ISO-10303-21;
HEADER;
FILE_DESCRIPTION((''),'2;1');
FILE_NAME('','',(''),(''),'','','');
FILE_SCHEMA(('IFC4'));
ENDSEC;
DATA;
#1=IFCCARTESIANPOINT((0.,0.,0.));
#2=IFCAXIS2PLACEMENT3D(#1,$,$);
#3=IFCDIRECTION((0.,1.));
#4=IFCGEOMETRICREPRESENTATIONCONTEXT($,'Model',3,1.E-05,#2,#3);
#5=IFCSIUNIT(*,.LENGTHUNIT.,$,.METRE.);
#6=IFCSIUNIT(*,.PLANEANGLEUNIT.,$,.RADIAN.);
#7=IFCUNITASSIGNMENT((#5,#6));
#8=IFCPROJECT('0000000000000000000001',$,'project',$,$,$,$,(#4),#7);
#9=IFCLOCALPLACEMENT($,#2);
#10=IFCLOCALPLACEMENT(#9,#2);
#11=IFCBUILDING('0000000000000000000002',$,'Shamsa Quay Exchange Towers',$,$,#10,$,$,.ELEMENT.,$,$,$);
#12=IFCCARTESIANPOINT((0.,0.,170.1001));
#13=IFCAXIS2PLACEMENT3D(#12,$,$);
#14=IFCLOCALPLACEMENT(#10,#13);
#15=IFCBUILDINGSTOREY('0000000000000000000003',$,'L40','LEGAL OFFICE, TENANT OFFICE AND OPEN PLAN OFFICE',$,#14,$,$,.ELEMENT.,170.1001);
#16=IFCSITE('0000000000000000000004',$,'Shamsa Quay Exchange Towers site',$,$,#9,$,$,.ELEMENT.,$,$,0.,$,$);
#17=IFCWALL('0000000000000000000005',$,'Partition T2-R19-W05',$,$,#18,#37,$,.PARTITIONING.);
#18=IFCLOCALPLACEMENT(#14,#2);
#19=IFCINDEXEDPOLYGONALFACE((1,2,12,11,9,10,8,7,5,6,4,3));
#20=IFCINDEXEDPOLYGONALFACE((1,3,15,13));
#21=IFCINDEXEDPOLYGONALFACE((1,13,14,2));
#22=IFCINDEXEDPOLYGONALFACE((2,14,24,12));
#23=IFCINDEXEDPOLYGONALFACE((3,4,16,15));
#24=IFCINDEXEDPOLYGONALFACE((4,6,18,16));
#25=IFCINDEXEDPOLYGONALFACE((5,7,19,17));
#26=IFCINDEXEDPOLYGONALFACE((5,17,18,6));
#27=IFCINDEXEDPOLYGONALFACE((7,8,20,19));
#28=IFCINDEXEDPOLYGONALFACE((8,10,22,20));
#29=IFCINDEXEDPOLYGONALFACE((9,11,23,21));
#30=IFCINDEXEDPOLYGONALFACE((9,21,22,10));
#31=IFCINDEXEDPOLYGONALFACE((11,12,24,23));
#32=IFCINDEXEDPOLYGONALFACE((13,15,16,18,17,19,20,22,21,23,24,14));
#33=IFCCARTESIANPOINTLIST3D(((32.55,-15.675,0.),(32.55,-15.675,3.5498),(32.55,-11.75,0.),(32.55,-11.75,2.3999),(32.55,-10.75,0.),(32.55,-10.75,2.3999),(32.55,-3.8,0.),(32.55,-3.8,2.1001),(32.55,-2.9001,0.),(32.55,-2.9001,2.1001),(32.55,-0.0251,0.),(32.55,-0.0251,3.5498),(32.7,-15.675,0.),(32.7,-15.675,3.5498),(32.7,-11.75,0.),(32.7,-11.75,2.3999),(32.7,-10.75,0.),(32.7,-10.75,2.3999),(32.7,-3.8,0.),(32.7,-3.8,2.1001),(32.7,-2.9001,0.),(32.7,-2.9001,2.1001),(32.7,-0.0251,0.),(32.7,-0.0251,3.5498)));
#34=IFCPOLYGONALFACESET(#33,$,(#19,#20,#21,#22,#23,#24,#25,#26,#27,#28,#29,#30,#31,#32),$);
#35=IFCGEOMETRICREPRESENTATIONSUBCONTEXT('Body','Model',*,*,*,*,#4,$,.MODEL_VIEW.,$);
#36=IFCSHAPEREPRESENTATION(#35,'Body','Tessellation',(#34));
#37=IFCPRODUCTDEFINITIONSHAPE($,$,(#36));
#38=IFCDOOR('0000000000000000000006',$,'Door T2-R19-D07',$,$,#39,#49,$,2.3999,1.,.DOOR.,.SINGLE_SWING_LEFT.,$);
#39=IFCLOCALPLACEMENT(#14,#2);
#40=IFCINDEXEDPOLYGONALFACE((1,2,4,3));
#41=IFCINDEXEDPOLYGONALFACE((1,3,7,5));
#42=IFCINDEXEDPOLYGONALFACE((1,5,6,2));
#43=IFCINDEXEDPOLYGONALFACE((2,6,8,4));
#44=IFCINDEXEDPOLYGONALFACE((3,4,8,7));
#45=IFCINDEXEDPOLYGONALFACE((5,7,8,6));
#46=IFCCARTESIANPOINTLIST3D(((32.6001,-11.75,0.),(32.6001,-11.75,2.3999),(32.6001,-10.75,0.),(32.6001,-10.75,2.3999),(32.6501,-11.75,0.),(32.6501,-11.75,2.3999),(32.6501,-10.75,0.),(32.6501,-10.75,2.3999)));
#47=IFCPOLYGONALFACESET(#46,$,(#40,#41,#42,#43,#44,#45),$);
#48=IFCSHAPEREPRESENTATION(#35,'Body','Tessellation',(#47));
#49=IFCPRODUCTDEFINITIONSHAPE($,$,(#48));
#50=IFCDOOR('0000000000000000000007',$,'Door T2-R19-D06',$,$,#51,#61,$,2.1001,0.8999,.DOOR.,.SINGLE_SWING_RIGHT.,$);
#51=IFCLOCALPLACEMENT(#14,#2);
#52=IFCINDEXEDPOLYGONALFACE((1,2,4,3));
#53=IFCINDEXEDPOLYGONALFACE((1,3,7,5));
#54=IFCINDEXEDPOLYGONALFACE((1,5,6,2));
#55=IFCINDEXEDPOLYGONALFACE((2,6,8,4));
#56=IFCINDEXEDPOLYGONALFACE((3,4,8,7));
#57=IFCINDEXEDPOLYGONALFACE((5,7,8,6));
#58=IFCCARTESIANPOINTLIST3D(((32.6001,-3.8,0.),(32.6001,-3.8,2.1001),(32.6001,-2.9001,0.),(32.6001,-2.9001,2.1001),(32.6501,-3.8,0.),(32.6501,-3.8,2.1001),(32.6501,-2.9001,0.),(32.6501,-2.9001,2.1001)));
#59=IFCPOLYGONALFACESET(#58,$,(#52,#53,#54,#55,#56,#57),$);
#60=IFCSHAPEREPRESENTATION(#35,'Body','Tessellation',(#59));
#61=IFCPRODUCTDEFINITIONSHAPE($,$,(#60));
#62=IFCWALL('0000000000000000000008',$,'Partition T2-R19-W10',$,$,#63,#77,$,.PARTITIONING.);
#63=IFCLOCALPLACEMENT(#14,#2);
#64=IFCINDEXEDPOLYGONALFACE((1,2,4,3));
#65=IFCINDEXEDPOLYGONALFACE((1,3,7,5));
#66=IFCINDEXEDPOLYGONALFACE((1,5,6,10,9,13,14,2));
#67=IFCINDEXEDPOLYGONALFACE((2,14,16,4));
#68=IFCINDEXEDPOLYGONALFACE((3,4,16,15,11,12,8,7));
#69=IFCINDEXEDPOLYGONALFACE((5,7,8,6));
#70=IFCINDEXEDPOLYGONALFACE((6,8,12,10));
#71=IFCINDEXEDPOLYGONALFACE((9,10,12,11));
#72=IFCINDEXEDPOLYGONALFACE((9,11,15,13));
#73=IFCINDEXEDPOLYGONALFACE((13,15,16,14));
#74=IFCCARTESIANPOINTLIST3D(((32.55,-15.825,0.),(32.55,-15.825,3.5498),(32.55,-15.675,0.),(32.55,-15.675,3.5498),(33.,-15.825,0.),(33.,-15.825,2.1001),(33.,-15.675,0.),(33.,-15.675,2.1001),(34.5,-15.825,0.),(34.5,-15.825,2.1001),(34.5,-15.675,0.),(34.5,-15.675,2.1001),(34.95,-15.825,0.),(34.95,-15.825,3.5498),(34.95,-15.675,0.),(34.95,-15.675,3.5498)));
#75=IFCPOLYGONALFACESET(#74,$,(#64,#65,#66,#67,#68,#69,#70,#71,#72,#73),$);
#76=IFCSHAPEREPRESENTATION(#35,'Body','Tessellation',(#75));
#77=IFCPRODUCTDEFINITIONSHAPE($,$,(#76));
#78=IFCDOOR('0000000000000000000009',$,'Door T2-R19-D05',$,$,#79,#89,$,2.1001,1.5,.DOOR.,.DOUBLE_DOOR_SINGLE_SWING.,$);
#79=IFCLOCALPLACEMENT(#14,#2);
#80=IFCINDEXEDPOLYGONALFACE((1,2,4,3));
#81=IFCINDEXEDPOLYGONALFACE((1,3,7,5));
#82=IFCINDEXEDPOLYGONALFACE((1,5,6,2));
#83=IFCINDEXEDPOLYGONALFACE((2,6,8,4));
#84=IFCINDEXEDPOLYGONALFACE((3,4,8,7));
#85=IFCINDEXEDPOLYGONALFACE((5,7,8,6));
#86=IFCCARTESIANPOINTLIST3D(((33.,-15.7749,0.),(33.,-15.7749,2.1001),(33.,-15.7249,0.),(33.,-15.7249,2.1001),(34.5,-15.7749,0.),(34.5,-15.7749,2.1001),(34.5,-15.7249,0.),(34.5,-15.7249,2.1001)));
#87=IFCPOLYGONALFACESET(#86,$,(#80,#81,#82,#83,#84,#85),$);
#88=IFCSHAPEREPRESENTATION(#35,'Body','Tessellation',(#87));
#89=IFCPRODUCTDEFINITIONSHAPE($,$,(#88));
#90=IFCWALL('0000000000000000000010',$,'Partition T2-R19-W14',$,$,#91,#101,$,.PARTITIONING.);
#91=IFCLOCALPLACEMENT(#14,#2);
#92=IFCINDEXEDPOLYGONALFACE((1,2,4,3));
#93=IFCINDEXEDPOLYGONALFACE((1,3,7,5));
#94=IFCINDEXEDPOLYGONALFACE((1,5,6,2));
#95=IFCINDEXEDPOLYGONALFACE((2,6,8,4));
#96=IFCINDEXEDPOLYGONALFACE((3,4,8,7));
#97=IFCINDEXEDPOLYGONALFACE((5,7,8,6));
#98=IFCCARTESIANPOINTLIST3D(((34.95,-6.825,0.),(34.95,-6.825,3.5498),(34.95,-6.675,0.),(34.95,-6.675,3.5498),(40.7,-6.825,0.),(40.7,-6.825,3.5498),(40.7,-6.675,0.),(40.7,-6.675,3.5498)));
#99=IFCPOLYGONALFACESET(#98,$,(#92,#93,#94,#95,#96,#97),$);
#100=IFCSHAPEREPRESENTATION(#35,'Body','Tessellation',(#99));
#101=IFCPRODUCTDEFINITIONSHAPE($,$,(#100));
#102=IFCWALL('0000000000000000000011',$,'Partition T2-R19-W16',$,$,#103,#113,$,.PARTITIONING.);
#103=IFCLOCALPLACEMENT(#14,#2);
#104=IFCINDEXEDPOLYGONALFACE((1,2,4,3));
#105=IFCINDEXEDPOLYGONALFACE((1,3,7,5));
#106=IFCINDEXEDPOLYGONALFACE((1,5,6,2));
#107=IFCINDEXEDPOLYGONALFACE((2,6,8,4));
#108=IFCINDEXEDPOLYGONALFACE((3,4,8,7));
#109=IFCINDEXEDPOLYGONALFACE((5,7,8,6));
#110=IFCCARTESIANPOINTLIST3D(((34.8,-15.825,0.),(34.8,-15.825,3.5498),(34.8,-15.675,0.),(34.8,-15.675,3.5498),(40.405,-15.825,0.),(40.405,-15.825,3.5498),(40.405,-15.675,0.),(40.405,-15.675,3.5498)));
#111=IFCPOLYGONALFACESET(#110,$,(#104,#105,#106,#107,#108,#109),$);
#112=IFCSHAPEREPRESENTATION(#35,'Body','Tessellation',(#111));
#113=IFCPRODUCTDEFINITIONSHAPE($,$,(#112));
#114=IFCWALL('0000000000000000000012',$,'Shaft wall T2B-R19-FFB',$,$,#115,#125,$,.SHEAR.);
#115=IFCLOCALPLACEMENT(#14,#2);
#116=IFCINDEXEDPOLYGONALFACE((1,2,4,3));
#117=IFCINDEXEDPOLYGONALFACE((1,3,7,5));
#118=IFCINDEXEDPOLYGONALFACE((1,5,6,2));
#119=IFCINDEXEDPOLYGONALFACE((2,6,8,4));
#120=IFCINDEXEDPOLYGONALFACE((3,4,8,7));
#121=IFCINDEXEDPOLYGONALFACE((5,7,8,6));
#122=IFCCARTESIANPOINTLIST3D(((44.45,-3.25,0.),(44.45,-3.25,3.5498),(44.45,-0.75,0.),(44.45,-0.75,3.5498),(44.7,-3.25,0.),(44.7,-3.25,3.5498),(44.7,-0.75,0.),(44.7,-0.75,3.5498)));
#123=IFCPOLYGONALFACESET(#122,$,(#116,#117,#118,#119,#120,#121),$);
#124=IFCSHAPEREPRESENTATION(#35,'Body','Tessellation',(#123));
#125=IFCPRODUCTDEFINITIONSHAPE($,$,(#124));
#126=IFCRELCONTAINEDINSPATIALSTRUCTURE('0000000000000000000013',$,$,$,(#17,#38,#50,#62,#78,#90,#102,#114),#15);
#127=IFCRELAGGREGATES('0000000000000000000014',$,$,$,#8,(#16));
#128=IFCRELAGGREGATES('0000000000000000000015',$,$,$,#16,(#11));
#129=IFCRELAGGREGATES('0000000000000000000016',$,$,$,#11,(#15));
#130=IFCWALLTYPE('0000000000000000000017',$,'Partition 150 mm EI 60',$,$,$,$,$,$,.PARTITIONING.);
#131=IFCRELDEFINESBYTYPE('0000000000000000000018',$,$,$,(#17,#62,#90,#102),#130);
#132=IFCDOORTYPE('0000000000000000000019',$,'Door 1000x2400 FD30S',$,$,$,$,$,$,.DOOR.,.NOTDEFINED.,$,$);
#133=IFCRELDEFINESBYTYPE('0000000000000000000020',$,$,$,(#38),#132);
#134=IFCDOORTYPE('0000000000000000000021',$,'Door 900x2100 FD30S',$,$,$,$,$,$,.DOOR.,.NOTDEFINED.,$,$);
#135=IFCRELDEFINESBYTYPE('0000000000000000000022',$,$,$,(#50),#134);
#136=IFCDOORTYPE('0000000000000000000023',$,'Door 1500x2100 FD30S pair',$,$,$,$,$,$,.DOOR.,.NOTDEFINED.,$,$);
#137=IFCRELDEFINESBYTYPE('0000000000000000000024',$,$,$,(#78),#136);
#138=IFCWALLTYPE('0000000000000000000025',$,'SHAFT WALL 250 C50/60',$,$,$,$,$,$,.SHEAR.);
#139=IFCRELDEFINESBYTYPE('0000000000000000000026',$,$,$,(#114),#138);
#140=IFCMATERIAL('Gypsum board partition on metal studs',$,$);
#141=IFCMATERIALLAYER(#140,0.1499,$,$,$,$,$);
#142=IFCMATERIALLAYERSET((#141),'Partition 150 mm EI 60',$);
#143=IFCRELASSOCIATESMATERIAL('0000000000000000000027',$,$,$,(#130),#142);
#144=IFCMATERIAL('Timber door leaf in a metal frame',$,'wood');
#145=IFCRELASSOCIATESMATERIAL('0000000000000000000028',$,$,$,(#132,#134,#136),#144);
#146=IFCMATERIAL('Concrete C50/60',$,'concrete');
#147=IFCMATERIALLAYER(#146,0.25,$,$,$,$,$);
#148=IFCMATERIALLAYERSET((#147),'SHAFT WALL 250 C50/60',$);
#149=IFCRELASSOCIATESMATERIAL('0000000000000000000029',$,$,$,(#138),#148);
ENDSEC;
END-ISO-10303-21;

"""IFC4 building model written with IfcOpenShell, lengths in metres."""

from ifc_helpers import new_model, si_unit, direction, frame, frame_2d, origin, place, context, subcontext, project, spatial, rectangle, extrude, material, layer, layer_set, type_object, element, fill, save


model = new_model("IFC4")

# Units and contexts
model_context = context("Model", 3, precision=1e-05, world=origin(), true_north=direction((0.0, 1.0)))
body_context = subcontext(model_context, "Body", "Model", "MODEL_VIEW")
ifc_project = project(units=[si_unit("LENGTHUNIT", "METRE"), si_unit("PLANEANGLEUNIT", "RADIAN")], contexts=[model_context])

# Site, building, storey
site_placement = place(None, origin())
site = spatial("IfcSite", under=ifc_project, at=site_placement, Name="Shamsa Quay Exchange Towers site", CompositionType="ELEMENT", RefElevation=0.0)
building_placement = place(site_placement, origin())
building = spatial("IfcBuilding", under=site, at=building_placement, Name="Shamsa Quay Exchange Towers", CompositionType="ELEMENT")
storey_placement = place(building_placement, frame((0.0, 0.0, 170.1001)))
storey = spatial("IfcBuildingStorey", under=building, at=storey_placement, Name="L40", Description="LEGAL OFFICE, TENANT OFFICE AND OPEN PLAN OFFICE", CompositionType="ELEMENT", Elevation=170.1001)

# Wall, openings, doors
ifc_material_1 = material(Name="Gypsum board partition on metal studs")
ifc_layer_1 = layer(ifc_material_1, 0.1499)
ifc_layer_set_1 = layer_set([ifc_layer_1], Name="Partition 150 mm EI 60")
wall_type_1 = type_object("IfcWallType", Name="Partition 150 mm EI 60", PredefinedType="PARTITIONING", material=ifc_layer_set_1)
wall_1_placement = place(storey_placement, frame((32.625, -15.675, 0.0), z_axis=(0.0, 0.0, 1.0), x_axis=(0.0, 1.0, 0.0)))
wall_1 = element("IfcWall", 1, at=wall_1_placement, inside=storey, type_object=wall_type_1, Name="Partition T2-R19-W05", PredefinedType="PARTITIONING", context=body_context, shape_type="SweptSolid", body=[
    extrude(rectangle(XDim=15.6499, YDim=0.1499, at=frame_2d((7.825, 0.0))), origin(), (0.0, 0.0, 1.0), 3.5498),
])
opening_1_placement = place(wall_1_placement, frame((11.875, 0.0, 0.0)))
opening_1 = element("IfcOpeningElement", 2, at=opening_1_placement, cuts=wall_1, PredefinedType="OPENING", context=body_context, shape_type="SweptSolid", body=[
    extrude(rectangle(XDim=0.8999, YDim=2.1001, at=frame_2d((0.45, 1.05))), frame((0.0, 0.085, 0.0), z_axis=(0.0, -1.0, 0.0), x_axis=(1.0, 0.0, 0.0)), (0.0, 0.0, 1.0), 0.1699),
])
opening_2_placement = place(wall_1_placement, frame((3.925, 0.0, 0.0)))
opening_2 = element("IfcOpeningElement", 3, at=opening_2_placement, cuts=wall_1, PredefinedType="OPENING", context=body_context, shape_type="SweptSolid", body=[
    extrude(rectangle(XDim=1.0, YDim=2.3999, at=frame_2d((0.5, 1.2))), frame((0.0, 0.085, 0.0), z_axis=(0.0, -1.0, 0.0), x_axis=(1.0, 0.0, 0.0)), (0.0, 0.0, 1.0), 0.1699),
])
ifc_material_2 = material(Name="Timber door leaf in a metal frame", Category="wood")
door_type_1 = type_object("IfcDoorType", Name="Door 1000x2400 FD30S", OperationType="NOTDEFINED", PredefinedType="DOOR", material=ifc_material_2)
door_1_placement = place(opening_2_placement, origin())
door_1 = element("IfcDoor", 4, at=door_1_placement, inside=storey, type_object=door_type_1, Name="Door T2-R19-D07", OperationType="SINGLE_SWING_LEFT", OverallHeight=2.3999, OverallWidth=1.0, PredefinedType="DOOR", context=body_context, shape_type="SweptSolid", body=[
    extrude(rectangle(XDim=1.0, YDim=2.3999, at=frame_2d((0.5, 1.2))), frame((0.0, 0.0249, 0.0), z_axis=(0.0, -1.0, 0.0), x_axis=(1.0, 0.0, 0.0)), (0.0, 0.0, 1.0), 0.05),
])
fill(opening_2, door_1)
door_type_2 = type_object("IfcDoorType", Name="Door 900x2100 FD30S", OperationType="NOTDEFINED", PredefinedType="DOOR", material=ifc_material_2)
door_2_placement = place(opening_1_placement, origin())
door_2 = element("IfcDoor", 5, at=door_2_placement, inside=storey, type_object=door_type_2, Name="Door T2-R19-D06", OperationType="SINGLE_SWING_RIGHT", OverallHeight=2.1001, OverallWidth=0.8999, PredefinedType="DOOR", context=body_context, shape_type="SweptSolid", body=[
    extrude(rectangle(XDim=0.8999, YDim=2.1001, at=frame_2d((0.45, 1.05))), frame((0.0, 0.0249, 0.0), z_axis=(0.0, -1.0, 0.0), x_axis=(1.0, 0.0, 0.0)), (0.0, 0.0, 1.0), 0.05),
])
fill(opening_1, door_2)

# Wall, opening, door
wall_2_placement = place(storey_placement, frame((34.95, -15.75, 0.0), z_axis=(0.0, 0.0, 1.0), x_axis=(-1.0, 0.0, 0.0)))
wall_2 = element("IfcWall", 6, at=wall_2_placement, inside=storey, type_object=wall_type_1, Name="Partition T2-R19-W10", PredefinedType="PARTITIONING", context=body_context, shape_type="SweptSolid", body=[
    extrude(rectangle(XDim=2.3999, YDim=0.1499, at=frame_2d((1.2, 0.0))), origin(), (0.0, 0.0, 1.0), 3.5498),
])
opening_3_placement = place(wall_2_placement, frame((0.45, 0.0, 0.0)))
opening_3 = element("IfcOpeningElement", 7, at=opening_3_placement, cuts=wall_2, PredefinedType="OPENING", context=body_context, shape_type="SweptSolid", body=[
    extrude(rectangle(XDim=1.5, YDim=2.1001, at=frame_2d((0.75, 1.05))), frame((0.0, 0.085, 0.0), z_axis=(0.0, -1.0, 0.0), x_axis=(1.0, 0.0, 0.0)), (0.0, 0.0, 1.0), 0.1699),
])
door_type_3 = type_object("IfcDoorType", Name="Door 1500x2100 FD30S pair", OperationType="NOTDEFINED", PredefinedType="DOOR", material=ifc_material_2)
door_3_placement = place(opening_3_placement, origin())
door_3 = element("IfcDoor", 8, at=door_3_placement, inside=storey, type_object=door_type_3, Name="Door T2-R19-D05", OperationType="DOUBLE_DOOR_SINGLE_SWING", OverallHeight=2.1001, OverallWidth=1.5, PredefinedType="DOOR", context=body_context, shape_type="SweptSolid", body=[
    extrude(rectangle(XDim=1.5, YDim=2.1001, at=frame_2d((0.75, 1.05))), frame((0.0, 0.0249, 0.0), z_axis=(0.0, -1.0, 0.0), x_axis=(1.0, 0.0, 0.0)), (0.0, 0.0, 1.0), 0.05),
])
fill(opening_3, door_3)

# Walls
wall_3_placement = place(storey_placement, frame((34.95, -6.75, 0.0)))
element("IfcWall", 9, at=wall_3_placement, inside=storey, type_object=wall_type_1, Name="Partition T2-R19-W14", PredefinedType="PARTITIONING", context=body_context, shape_type="SweptSolid", body=[
    extrude(rectangle(XDim=5.75, YDim=0.1499, at=frame_2d((2.875, 0.0))), origin(), (0.0, 0.0, 1.0), 3.5498),
])
wall_4_placement = place(storey_placement, frame((34.8, -15.75, 0.0)))
element("IfcWall", 10, at=wall_4_placement, inside=storey, type_object=wall_type_1, Name="Partition T2-R19-W16", PredefinedType="PARTITIONING", context=body_context, shape_type="SweptSolid", body=[
    extrude(rectangle(XDim=5.605, YDim=0.1499, at=frame_2d((2.8025, 0.0))), origin(), (0.0, 0.0, 1.0), 3.5498),
])
ifc_material_3 = material(Name="Concrete C50/60", Category="concrete")
ifc_layer_2 = layer(ifc_material_3, 0.25)
ifc_layer_set_2 = layer_set([ifc_layer_2], Name="SHAFT WALL 250 C50/60")
wall_type_2 = type_object("IfcWallType", Name="SHAFT WALL 250 C50/60", PredefinedType="SHEAR", material=ifc_layer_set_2)
wall_5_placement = place(storey_placement, frame((44.575, -3.25, 0.0), z_axis=(0.0, 0.0, 1.0), x_axis=(0.0, 1.0, 0.0)))
element("IfcWall", 11, at=wall_5_placement, inside=storey, type_object=wall_type_2, Name="Shaft wall T2B-R19-FFB", PredefinedType="SHEAR", context=body_context, shape_type="SweptSolid", body=[
    extrude(rectangle(XDim=2.5, YDim=0.25, at=frame_2d((1.25, 0.0))), origin(), (0.0, 0.0, 1.0), 3.5498),
])

save(model, "model.ifc")
